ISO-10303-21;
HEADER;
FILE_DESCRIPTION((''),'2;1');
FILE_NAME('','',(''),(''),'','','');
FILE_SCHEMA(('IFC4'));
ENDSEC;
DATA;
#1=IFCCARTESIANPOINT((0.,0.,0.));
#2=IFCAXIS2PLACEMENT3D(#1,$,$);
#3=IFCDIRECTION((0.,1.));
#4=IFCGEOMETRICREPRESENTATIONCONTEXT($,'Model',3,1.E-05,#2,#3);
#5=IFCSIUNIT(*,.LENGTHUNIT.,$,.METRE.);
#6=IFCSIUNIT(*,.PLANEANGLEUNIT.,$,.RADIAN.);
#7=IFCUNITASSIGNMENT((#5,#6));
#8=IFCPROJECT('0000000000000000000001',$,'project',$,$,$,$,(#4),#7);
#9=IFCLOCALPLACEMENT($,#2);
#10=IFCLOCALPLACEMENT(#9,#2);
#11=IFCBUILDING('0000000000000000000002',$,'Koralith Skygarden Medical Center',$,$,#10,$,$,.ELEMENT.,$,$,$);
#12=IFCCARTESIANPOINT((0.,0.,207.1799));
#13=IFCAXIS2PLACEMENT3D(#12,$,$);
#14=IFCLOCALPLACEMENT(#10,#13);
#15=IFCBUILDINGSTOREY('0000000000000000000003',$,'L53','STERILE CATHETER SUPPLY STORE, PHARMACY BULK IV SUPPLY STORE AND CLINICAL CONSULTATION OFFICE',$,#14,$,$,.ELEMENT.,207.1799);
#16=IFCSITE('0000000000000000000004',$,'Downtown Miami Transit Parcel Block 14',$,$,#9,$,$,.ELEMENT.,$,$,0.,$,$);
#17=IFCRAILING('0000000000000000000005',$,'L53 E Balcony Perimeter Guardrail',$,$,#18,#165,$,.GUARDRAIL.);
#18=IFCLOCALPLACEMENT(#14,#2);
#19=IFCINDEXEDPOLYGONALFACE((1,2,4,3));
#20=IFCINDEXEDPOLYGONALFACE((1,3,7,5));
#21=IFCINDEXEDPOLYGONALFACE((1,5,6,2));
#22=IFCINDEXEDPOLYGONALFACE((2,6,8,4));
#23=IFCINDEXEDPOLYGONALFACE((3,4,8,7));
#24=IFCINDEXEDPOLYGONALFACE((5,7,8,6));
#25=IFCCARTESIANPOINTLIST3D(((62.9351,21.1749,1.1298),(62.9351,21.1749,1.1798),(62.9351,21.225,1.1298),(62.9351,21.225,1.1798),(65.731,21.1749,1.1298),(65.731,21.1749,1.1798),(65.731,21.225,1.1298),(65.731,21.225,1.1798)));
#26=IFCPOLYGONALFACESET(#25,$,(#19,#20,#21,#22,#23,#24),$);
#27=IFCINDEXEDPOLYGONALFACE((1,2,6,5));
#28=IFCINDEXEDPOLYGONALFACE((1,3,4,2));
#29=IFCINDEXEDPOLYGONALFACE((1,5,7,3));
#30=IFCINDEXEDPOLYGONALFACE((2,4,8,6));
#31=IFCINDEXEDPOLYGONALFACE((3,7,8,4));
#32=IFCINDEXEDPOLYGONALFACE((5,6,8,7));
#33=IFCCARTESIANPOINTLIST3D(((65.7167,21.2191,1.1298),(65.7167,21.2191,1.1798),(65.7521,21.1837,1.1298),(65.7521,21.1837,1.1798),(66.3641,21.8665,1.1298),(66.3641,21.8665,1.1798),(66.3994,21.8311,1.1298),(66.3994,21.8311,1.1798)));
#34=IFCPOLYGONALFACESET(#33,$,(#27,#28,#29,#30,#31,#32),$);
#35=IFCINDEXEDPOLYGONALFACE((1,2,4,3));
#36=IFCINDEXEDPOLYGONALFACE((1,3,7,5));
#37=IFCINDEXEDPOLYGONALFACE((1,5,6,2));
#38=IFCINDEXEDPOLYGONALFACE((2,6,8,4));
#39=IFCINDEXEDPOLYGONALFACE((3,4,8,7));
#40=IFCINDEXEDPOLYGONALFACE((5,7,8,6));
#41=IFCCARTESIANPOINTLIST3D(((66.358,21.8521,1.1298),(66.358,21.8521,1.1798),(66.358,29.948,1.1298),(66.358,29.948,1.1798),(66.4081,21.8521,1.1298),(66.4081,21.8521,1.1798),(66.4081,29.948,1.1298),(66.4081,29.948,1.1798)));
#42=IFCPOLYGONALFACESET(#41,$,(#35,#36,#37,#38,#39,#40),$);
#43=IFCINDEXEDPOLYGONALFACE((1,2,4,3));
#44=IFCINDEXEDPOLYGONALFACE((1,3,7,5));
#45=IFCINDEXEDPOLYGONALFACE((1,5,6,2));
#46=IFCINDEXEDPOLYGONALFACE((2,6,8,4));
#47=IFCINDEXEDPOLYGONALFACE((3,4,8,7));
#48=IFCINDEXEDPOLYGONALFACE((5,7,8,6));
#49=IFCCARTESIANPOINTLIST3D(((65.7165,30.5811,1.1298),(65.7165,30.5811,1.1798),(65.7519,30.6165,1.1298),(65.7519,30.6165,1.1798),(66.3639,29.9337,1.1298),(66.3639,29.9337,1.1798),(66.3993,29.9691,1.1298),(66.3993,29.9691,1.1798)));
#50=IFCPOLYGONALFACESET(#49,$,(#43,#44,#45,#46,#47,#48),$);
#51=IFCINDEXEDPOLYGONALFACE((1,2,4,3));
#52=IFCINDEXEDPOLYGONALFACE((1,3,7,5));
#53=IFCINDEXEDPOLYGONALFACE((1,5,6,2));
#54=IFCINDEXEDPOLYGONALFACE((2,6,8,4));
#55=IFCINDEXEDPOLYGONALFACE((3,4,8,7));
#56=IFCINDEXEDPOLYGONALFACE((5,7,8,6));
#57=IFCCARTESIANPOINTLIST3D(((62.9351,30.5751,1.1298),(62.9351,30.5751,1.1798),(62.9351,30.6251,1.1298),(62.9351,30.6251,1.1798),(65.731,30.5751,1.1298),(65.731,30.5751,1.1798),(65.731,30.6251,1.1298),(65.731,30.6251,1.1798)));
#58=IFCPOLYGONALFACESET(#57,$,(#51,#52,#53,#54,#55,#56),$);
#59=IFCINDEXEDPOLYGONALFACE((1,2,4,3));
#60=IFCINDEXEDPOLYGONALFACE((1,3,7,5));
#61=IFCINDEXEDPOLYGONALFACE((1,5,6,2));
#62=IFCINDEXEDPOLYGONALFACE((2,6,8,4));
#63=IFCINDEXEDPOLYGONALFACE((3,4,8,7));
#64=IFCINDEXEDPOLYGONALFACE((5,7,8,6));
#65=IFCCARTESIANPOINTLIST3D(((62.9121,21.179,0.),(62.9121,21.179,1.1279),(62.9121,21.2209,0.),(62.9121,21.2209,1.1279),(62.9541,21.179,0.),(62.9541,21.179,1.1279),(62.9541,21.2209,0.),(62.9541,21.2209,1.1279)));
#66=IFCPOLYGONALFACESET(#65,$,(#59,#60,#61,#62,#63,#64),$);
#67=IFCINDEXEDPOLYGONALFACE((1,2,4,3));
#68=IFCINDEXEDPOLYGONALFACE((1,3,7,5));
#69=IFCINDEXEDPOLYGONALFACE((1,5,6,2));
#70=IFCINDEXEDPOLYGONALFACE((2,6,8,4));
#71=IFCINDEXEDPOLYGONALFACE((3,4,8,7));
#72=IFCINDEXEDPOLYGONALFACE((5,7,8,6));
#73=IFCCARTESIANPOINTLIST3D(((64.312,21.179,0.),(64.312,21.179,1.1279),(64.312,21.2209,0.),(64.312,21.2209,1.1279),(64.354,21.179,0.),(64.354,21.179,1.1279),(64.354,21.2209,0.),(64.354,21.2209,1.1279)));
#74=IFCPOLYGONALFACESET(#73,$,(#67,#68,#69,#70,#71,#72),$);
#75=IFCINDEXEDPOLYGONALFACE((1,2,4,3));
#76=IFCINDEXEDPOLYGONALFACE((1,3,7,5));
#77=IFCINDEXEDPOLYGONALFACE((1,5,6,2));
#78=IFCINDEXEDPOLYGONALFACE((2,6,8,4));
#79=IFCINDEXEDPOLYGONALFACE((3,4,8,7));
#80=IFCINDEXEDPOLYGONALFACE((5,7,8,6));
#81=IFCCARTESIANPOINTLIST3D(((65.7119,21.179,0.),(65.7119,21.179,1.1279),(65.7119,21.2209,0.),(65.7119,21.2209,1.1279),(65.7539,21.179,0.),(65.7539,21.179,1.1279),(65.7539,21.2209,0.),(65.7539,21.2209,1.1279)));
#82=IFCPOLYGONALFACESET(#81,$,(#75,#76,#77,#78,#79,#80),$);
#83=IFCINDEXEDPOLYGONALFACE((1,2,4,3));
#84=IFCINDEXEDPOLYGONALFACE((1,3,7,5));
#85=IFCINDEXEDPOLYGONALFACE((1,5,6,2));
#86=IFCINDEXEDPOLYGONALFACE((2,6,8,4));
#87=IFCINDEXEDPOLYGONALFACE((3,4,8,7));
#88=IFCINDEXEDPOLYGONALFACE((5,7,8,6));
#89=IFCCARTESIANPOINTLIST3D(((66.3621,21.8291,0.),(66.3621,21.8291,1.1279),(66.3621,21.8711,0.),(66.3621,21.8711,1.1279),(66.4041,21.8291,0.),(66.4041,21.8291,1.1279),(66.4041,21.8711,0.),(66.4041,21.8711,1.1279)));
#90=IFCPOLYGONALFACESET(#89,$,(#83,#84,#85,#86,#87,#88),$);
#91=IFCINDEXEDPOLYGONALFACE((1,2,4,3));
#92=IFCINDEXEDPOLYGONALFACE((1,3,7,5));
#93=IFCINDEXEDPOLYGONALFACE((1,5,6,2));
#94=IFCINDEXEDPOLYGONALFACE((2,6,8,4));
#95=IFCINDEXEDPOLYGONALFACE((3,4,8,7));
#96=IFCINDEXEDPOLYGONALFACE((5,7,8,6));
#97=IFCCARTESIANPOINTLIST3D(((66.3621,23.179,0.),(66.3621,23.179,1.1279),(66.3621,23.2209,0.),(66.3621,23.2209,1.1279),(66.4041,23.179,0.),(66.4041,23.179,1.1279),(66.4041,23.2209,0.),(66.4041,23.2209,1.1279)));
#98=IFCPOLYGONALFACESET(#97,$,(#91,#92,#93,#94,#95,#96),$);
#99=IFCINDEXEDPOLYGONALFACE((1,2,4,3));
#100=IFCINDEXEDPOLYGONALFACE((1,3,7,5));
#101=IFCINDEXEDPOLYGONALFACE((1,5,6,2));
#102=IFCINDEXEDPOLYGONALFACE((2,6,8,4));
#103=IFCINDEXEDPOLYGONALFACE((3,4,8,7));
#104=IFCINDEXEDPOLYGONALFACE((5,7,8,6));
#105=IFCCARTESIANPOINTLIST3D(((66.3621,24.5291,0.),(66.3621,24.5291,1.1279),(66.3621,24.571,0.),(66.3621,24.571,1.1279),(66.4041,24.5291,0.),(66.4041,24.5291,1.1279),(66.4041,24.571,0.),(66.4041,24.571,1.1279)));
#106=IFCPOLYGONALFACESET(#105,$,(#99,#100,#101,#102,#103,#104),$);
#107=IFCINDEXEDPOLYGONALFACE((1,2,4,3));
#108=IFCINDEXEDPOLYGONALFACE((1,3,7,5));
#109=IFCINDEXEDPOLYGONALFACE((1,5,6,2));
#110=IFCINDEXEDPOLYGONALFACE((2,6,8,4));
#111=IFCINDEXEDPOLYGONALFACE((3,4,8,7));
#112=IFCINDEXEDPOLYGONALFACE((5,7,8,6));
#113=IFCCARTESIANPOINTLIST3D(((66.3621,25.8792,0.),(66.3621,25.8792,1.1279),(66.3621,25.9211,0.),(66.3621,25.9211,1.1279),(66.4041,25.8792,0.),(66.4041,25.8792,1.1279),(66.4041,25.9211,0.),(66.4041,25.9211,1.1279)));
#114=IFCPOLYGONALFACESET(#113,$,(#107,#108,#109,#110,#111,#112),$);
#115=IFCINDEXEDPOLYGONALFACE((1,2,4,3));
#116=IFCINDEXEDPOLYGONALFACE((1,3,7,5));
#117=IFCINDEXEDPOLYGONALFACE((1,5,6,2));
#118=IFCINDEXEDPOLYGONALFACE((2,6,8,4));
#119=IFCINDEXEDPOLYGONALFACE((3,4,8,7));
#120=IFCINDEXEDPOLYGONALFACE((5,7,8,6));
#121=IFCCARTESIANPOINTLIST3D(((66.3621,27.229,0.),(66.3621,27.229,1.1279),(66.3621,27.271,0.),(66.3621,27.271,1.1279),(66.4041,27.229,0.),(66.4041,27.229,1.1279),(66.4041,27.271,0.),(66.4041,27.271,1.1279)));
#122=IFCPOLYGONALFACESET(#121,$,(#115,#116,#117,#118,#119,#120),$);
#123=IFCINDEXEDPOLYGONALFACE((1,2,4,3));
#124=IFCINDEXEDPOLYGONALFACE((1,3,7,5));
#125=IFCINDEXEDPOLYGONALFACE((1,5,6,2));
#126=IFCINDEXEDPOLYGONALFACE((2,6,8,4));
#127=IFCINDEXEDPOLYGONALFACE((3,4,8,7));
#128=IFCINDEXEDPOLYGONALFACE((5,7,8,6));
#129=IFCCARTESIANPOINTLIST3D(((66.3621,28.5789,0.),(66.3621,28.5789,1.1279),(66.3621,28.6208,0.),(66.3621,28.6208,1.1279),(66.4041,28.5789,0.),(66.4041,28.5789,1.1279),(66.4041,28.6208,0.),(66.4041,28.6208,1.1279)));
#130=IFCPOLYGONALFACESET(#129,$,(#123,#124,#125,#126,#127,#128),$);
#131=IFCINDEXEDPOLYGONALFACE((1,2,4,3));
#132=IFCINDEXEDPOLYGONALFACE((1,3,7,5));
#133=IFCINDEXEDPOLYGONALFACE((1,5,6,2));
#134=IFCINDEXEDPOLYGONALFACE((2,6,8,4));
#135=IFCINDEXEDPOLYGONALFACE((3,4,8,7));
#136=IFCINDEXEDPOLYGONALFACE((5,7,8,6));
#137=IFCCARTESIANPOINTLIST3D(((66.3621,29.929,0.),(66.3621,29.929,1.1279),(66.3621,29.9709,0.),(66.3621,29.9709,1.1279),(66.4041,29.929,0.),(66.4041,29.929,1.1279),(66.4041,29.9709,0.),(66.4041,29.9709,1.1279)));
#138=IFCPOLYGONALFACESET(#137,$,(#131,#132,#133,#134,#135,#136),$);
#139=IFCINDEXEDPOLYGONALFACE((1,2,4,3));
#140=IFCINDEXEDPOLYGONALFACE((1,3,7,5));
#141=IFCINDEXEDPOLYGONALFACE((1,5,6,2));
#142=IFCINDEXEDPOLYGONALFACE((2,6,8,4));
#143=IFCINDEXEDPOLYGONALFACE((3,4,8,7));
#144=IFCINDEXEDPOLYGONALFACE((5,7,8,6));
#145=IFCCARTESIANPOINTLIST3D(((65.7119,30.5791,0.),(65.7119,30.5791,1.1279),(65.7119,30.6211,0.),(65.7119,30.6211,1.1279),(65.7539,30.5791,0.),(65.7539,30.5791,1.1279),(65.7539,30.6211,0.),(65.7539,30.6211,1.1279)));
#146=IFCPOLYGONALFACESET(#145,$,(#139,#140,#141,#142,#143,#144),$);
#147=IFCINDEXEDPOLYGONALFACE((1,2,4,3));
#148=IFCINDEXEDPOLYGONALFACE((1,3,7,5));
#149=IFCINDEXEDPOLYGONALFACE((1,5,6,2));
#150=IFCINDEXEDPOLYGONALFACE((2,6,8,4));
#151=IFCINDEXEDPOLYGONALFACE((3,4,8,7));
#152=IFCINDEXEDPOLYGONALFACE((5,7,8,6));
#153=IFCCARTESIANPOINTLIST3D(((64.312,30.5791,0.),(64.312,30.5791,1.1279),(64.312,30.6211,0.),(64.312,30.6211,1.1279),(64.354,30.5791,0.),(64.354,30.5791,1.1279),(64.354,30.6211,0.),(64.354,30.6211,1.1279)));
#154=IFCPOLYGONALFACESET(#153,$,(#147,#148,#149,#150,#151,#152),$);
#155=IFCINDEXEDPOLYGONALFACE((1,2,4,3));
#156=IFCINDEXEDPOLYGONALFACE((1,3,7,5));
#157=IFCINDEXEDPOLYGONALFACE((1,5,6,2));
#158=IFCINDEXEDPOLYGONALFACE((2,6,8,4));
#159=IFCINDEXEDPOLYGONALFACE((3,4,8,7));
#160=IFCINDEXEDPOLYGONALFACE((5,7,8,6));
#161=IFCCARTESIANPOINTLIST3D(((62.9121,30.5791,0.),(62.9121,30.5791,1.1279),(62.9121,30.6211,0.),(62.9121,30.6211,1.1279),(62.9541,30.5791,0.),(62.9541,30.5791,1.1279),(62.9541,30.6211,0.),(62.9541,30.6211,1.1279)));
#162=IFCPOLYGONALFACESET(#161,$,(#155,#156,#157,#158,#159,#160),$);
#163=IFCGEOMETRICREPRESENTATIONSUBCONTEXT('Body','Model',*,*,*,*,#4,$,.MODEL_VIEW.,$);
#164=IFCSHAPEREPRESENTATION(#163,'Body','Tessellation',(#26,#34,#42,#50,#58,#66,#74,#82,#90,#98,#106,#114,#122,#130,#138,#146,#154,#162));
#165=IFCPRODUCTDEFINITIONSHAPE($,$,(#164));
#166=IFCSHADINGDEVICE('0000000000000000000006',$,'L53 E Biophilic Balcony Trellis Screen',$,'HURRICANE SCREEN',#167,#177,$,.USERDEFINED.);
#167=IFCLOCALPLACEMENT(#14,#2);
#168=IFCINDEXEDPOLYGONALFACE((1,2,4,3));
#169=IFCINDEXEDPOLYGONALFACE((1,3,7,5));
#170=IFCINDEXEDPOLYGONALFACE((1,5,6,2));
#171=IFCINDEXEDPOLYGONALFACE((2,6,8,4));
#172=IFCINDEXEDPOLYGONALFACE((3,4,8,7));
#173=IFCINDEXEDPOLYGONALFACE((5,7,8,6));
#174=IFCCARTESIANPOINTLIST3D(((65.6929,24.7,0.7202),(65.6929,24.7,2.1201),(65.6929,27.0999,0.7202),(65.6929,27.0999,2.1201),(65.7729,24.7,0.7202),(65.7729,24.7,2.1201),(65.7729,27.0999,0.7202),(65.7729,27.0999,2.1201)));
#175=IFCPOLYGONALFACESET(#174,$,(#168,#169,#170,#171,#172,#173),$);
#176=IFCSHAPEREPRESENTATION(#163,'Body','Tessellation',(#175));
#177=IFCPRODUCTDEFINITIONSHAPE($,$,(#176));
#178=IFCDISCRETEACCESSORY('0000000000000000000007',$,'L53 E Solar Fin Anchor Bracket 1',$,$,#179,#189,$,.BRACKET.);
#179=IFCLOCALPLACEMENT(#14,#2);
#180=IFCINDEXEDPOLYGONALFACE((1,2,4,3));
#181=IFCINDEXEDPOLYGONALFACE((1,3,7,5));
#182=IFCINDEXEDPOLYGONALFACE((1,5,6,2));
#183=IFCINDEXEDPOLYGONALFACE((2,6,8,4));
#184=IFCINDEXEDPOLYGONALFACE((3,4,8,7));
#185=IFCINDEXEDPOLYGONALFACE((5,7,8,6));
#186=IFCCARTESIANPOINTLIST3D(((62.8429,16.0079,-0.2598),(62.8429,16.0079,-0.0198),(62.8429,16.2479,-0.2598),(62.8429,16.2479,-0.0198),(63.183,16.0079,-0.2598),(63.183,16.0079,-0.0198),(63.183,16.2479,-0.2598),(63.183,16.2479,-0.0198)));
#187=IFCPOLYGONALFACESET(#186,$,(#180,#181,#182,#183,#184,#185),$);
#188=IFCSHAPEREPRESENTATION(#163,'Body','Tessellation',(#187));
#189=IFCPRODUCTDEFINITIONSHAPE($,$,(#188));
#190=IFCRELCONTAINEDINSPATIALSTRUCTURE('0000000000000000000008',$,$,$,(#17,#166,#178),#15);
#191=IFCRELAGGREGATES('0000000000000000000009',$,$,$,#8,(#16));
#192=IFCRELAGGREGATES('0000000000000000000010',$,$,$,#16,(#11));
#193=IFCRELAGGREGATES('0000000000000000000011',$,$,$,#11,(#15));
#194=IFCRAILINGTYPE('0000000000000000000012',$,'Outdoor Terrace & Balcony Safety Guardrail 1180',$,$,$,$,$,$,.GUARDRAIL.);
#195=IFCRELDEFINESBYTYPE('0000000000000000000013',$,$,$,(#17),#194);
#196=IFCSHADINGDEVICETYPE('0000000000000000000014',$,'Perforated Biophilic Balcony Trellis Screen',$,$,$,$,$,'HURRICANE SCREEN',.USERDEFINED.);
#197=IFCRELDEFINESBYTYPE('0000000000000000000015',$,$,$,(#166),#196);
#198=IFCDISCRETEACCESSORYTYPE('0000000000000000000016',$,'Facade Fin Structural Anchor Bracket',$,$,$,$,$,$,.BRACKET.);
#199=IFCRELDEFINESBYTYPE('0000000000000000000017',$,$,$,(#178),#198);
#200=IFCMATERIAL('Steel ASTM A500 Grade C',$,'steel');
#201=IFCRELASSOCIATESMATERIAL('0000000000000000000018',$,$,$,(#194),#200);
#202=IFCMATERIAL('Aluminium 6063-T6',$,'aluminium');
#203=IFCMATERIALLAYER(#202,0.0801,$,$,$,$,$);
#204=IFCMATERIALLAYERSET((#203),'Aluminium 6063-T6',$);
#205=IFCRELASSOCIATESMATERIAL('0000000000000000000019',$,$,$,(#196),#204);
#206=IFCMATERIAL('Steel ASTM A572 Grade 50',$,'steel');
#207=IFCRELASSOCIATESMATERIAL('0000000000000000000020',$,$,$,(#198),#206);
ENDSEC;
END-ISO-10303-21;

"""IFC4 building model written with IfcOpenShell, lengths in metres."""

from ifc_helpers import new_model, si_unit, direction, frame, origin, origin_2d, place, context, subcontext, project, spatial, rectangle, extrude, material, layer, layer_set, type_object, element, save


model = new_model("IFC4")

# Units and contexts
model_context = context("Model", 3, precision=1e-05, world=origin(), true_north=direction((0.0, 1.0)))
body_context = subcontext(model_context, "Body", "Model", "MODEL_VIEW")
ifc_project = project(units=[si_unit("LENGTHUNIT", "METRE"), si_unit("PLANEANGLEUNIT", "RADIAN")], contexts=[model_context])

# Site, building, storey
site_placement = place(None, origin())
site = spatial("IfcSite", under=ifc_project, at=site_placement, Name="Downtown Miami Transit Parcel Block 14", CompositionType="ELEMENT", RefElevation=0.0)
building_placement = place(site_placement, origin())
building = spatial("IfcBuilding", under=site, at=building_placement, Name="Koralith Skygarden Medical Center", CompositionType="ELEMENT")
storey_placement = place(building_placement, frame((0.0, 0.0, 207.1799)))
storey = spatial("IfcBuildingStorey", under=building, at=storey_placement, Name="L53", Description="STERILE CATHETER SUPPLY STORE, PHARMACY BULK IV SUPPLY STORE AND CLINICAL CONSULTATION OFFICE", CompositionType="ELEMENT", Elevation=207.1799)

# Shared definitions
ifc_material_1 = material(Name="Aluminium 6063-T6", Category="aluminium")

# Railing
ifc_material_2 = material(Name="Steel ASTM A500 Grade C", Category="steel")
railing_type = type_object("IfcRailingType", Name="Outdoor Terrace & Balcony Safety Guardrail 1180", PredefinedType="GUARDRAIL", material=ifc_material_2)
railing_placement = place(storey_placement, frame((62.9331, 21.2, 0.0)))
element("IfcRailing", 1, at=railing_placement, inside=storey, type_object=railing_type, Name="L53 E Balcony Perimeter Guardrail", PredefinedType="GUARDRAIL", context=body_context, shape_type="SweptSolid", body=[
    extrude(rectangle(XDim=0.05, YDim=0.05, at=origin_2d()), frame((0.002, 0.0, 1.1548), z_axis=(1.0, 0.0, 0.0), x_axis=(0.0, 1.0, 0.0)), (0.0, 0.0, 1.0), 2.7959),
    extrude(rectangle(XDim=0.05, YDim=0.05, at=origin_2d()), frame((2.8013, 0.0015, 1.1548), z_axis=(0.707107, 0.707107, 0.0), x_axis=(-0.707107, 0.707107, 0.0)), (0.0, 0.0, 1.0), 0.9155),
    extrude(rectangle(XDim=0.05, YDim=0.05, at=origin_2d()), frame((3.45, 0.6521, 1.1548), z_axis=(0.0, 1.0, 0.0), x_axis=(-1.0, 0.0, 0.0)), (0.0, 0.0, 1.0), 8.0959),
    extrude(rectangle(XDim=0.05, YDim=0.05, at=origin_2d()), frame((3.4485, 8.7515, 1.1548), z_axis=(-0.707107, 0.707107, 0.0), x_axis=(-0.707107, -0.707107, 0.0)), (0.0, 0.0, 1.0), 0.9155),
    extrude(rectangle(XDim=0.05, YDim=0.05, at=origin_2d()), frame((2.7979, 9.4001, 1.1548), z_axis=(-1.0, 0.0, 0.0), x_axis=(0.0, -1.0, 0.0)), (0.0, 0.0, 1.0), 2.7959),
    extrude(rectangle(XDim=0.042, YDim=0.042, at=origin_2d()), origin(), (0.0, 0.0, 1.0), 1.1279),
    extrude(rectangle(XDim=0.042, YDim=0.042, at=origin_2d()), frame((1.3999, 0.0, 0.0)), (0.0, 0.0, 1.0), 1.1279),
    extrude(rectangle(XDim=0.042, YDim=0.042, at=origin_2d()), frame((2.7998, 0.0, 0.0)), (0.0, 0.0, 1.0), 1.1279),
    extrude(rectangle(XDim=0.042, YDim=0.042, at=origin_2d()), frame((3.45, 0.6501, 0.0)), (0.0, 0.0, 1.0), 1.1279),
    extrude(rectangle(XDim=0.042, YDim=0.042, at=origin_2d()), frame((3.45, 2.0, 0.0)), (0.0, 0.0, 1.0), 1.1279),
    extrude(rectangle(XDim=0.042, YDim=0.042, at=origin_2d()), frame((3.45, 3.3501, 0.0)), (0.0, 0.0, 1.0), 1.1279),
    extrude(rectangle(XDim=0.042, YDim=0.042, at=origin_2d()), frame((3.45, 4.7002, 0.0)), (0.0, 0.0, 1.0), 1.1279),
    extrude(rectangle(XDim=0.042, YDim=0.042, at=origin_2d()), frame((3.45, 6.05, 0.0)), (0.0, 0.0, 1.0), 1.1279),
    extrude(rectangle(XDim=0.042, YDim=0.042, at=origin_2d()), frame((3.45, 7.3999, 0.0)), (0.0, 0.0, 1.0), 1.1279),
    extrude(rectangle(XDim=0.042, YDim=0.042, at=origin_2d()), frame((3.45, 8.75, 0.0)), (0.0, 0.0, 1.0), 1.1279),
    extrude(rectangle(XDim=0.042, YDim=0.042, at=origin_2d()), frame((2.7998, 9.4001, 0.0)), (0.0, 0.0, 1.0), 1.1279),
    extrude(rectangle(XDim=0.042, YDim=0.042, at=origin_2d()), frame((1.3999, 9.4001, 0.0)), (0.0, 0.0, 1.0), 1.1279),
    extrude(rectangle(XDim=0.042, YDim=0.042, at=origin_2d()), frame((0.0, 9.4001, 0.0)), (0.0, 0.0, 1.0), 1.1279),
])

# Shading device
ifc_layer_1 = layer(ifc_material_1, 0.0801)
ifc_layer_set_1 = layer_set([ifc_layer_1], Name="Aluminium 6063-T6")
shading_device_type_1 = type_object("IfcShadingDeviceType", Name="Perforated Biophilic Balcony Trellis Screen", ElementType="HURRICANE SCREEN", PredefinedType="USERDEFINED", material=ifc_layer_set_1)
shading_device_1_placement = place(storey_placement, frame((65.7329, 25.8999, 0.7202), z_axis=(0.0, 0.0, 1.0), x_axis=(0.0, 1.0, 0.0)))
element("IfcShadingDevice", 2, at=shading_device_1_placement, inside=storey, type_object=shading_device_type_1, Name="L53 E Biophilic Balcony Trellis Screen", ObjectType="HURRICANE SCREEN", PredefinedType="USERDEFINED", context=body_context, shape_type="SweptSolid", body=[
    extrude(rectangle(XDim=2.3999, YDim=0.0801, at=origin_2d()), origin(), (0.0, 0.0, 1.0), 1.3999),
])

# Discrete accessory
ifc_material_3 = material(Name="Steel ASTM A572 Grade 50", Category="steel")
discrete_accessory_type = type_object("IfcDiscreteAccessoryType", Name="Facade Fin Structural Anchor Bracket", PredefinedType="BRACKET", material=ifc_material_3)
discrete_accessory_placement = place(storey_placement, frame((63.0129, 16.1279, -0.2598), z_axis=(0.0, 0.0, 1.0), x_axis=(1.0, 0.0, 0.0)))
element("IfcDiscreteAccessory", 3, at=discrete_accessory_placement, inside=storey, type_object=discrete_accessory_type, Name="L53 E Solar Fin Anchor Bracket 1", PredefinedType="BRACKET", context=body_context, shape_type="SweptSolid", body=[
    extrude(rectangle(XDim=0.3401, YDim=0.24, at=origin_2d()), origin(), (0.0, 0.0, 1.0), 0.24),
])

save(model, "model.ifc")
